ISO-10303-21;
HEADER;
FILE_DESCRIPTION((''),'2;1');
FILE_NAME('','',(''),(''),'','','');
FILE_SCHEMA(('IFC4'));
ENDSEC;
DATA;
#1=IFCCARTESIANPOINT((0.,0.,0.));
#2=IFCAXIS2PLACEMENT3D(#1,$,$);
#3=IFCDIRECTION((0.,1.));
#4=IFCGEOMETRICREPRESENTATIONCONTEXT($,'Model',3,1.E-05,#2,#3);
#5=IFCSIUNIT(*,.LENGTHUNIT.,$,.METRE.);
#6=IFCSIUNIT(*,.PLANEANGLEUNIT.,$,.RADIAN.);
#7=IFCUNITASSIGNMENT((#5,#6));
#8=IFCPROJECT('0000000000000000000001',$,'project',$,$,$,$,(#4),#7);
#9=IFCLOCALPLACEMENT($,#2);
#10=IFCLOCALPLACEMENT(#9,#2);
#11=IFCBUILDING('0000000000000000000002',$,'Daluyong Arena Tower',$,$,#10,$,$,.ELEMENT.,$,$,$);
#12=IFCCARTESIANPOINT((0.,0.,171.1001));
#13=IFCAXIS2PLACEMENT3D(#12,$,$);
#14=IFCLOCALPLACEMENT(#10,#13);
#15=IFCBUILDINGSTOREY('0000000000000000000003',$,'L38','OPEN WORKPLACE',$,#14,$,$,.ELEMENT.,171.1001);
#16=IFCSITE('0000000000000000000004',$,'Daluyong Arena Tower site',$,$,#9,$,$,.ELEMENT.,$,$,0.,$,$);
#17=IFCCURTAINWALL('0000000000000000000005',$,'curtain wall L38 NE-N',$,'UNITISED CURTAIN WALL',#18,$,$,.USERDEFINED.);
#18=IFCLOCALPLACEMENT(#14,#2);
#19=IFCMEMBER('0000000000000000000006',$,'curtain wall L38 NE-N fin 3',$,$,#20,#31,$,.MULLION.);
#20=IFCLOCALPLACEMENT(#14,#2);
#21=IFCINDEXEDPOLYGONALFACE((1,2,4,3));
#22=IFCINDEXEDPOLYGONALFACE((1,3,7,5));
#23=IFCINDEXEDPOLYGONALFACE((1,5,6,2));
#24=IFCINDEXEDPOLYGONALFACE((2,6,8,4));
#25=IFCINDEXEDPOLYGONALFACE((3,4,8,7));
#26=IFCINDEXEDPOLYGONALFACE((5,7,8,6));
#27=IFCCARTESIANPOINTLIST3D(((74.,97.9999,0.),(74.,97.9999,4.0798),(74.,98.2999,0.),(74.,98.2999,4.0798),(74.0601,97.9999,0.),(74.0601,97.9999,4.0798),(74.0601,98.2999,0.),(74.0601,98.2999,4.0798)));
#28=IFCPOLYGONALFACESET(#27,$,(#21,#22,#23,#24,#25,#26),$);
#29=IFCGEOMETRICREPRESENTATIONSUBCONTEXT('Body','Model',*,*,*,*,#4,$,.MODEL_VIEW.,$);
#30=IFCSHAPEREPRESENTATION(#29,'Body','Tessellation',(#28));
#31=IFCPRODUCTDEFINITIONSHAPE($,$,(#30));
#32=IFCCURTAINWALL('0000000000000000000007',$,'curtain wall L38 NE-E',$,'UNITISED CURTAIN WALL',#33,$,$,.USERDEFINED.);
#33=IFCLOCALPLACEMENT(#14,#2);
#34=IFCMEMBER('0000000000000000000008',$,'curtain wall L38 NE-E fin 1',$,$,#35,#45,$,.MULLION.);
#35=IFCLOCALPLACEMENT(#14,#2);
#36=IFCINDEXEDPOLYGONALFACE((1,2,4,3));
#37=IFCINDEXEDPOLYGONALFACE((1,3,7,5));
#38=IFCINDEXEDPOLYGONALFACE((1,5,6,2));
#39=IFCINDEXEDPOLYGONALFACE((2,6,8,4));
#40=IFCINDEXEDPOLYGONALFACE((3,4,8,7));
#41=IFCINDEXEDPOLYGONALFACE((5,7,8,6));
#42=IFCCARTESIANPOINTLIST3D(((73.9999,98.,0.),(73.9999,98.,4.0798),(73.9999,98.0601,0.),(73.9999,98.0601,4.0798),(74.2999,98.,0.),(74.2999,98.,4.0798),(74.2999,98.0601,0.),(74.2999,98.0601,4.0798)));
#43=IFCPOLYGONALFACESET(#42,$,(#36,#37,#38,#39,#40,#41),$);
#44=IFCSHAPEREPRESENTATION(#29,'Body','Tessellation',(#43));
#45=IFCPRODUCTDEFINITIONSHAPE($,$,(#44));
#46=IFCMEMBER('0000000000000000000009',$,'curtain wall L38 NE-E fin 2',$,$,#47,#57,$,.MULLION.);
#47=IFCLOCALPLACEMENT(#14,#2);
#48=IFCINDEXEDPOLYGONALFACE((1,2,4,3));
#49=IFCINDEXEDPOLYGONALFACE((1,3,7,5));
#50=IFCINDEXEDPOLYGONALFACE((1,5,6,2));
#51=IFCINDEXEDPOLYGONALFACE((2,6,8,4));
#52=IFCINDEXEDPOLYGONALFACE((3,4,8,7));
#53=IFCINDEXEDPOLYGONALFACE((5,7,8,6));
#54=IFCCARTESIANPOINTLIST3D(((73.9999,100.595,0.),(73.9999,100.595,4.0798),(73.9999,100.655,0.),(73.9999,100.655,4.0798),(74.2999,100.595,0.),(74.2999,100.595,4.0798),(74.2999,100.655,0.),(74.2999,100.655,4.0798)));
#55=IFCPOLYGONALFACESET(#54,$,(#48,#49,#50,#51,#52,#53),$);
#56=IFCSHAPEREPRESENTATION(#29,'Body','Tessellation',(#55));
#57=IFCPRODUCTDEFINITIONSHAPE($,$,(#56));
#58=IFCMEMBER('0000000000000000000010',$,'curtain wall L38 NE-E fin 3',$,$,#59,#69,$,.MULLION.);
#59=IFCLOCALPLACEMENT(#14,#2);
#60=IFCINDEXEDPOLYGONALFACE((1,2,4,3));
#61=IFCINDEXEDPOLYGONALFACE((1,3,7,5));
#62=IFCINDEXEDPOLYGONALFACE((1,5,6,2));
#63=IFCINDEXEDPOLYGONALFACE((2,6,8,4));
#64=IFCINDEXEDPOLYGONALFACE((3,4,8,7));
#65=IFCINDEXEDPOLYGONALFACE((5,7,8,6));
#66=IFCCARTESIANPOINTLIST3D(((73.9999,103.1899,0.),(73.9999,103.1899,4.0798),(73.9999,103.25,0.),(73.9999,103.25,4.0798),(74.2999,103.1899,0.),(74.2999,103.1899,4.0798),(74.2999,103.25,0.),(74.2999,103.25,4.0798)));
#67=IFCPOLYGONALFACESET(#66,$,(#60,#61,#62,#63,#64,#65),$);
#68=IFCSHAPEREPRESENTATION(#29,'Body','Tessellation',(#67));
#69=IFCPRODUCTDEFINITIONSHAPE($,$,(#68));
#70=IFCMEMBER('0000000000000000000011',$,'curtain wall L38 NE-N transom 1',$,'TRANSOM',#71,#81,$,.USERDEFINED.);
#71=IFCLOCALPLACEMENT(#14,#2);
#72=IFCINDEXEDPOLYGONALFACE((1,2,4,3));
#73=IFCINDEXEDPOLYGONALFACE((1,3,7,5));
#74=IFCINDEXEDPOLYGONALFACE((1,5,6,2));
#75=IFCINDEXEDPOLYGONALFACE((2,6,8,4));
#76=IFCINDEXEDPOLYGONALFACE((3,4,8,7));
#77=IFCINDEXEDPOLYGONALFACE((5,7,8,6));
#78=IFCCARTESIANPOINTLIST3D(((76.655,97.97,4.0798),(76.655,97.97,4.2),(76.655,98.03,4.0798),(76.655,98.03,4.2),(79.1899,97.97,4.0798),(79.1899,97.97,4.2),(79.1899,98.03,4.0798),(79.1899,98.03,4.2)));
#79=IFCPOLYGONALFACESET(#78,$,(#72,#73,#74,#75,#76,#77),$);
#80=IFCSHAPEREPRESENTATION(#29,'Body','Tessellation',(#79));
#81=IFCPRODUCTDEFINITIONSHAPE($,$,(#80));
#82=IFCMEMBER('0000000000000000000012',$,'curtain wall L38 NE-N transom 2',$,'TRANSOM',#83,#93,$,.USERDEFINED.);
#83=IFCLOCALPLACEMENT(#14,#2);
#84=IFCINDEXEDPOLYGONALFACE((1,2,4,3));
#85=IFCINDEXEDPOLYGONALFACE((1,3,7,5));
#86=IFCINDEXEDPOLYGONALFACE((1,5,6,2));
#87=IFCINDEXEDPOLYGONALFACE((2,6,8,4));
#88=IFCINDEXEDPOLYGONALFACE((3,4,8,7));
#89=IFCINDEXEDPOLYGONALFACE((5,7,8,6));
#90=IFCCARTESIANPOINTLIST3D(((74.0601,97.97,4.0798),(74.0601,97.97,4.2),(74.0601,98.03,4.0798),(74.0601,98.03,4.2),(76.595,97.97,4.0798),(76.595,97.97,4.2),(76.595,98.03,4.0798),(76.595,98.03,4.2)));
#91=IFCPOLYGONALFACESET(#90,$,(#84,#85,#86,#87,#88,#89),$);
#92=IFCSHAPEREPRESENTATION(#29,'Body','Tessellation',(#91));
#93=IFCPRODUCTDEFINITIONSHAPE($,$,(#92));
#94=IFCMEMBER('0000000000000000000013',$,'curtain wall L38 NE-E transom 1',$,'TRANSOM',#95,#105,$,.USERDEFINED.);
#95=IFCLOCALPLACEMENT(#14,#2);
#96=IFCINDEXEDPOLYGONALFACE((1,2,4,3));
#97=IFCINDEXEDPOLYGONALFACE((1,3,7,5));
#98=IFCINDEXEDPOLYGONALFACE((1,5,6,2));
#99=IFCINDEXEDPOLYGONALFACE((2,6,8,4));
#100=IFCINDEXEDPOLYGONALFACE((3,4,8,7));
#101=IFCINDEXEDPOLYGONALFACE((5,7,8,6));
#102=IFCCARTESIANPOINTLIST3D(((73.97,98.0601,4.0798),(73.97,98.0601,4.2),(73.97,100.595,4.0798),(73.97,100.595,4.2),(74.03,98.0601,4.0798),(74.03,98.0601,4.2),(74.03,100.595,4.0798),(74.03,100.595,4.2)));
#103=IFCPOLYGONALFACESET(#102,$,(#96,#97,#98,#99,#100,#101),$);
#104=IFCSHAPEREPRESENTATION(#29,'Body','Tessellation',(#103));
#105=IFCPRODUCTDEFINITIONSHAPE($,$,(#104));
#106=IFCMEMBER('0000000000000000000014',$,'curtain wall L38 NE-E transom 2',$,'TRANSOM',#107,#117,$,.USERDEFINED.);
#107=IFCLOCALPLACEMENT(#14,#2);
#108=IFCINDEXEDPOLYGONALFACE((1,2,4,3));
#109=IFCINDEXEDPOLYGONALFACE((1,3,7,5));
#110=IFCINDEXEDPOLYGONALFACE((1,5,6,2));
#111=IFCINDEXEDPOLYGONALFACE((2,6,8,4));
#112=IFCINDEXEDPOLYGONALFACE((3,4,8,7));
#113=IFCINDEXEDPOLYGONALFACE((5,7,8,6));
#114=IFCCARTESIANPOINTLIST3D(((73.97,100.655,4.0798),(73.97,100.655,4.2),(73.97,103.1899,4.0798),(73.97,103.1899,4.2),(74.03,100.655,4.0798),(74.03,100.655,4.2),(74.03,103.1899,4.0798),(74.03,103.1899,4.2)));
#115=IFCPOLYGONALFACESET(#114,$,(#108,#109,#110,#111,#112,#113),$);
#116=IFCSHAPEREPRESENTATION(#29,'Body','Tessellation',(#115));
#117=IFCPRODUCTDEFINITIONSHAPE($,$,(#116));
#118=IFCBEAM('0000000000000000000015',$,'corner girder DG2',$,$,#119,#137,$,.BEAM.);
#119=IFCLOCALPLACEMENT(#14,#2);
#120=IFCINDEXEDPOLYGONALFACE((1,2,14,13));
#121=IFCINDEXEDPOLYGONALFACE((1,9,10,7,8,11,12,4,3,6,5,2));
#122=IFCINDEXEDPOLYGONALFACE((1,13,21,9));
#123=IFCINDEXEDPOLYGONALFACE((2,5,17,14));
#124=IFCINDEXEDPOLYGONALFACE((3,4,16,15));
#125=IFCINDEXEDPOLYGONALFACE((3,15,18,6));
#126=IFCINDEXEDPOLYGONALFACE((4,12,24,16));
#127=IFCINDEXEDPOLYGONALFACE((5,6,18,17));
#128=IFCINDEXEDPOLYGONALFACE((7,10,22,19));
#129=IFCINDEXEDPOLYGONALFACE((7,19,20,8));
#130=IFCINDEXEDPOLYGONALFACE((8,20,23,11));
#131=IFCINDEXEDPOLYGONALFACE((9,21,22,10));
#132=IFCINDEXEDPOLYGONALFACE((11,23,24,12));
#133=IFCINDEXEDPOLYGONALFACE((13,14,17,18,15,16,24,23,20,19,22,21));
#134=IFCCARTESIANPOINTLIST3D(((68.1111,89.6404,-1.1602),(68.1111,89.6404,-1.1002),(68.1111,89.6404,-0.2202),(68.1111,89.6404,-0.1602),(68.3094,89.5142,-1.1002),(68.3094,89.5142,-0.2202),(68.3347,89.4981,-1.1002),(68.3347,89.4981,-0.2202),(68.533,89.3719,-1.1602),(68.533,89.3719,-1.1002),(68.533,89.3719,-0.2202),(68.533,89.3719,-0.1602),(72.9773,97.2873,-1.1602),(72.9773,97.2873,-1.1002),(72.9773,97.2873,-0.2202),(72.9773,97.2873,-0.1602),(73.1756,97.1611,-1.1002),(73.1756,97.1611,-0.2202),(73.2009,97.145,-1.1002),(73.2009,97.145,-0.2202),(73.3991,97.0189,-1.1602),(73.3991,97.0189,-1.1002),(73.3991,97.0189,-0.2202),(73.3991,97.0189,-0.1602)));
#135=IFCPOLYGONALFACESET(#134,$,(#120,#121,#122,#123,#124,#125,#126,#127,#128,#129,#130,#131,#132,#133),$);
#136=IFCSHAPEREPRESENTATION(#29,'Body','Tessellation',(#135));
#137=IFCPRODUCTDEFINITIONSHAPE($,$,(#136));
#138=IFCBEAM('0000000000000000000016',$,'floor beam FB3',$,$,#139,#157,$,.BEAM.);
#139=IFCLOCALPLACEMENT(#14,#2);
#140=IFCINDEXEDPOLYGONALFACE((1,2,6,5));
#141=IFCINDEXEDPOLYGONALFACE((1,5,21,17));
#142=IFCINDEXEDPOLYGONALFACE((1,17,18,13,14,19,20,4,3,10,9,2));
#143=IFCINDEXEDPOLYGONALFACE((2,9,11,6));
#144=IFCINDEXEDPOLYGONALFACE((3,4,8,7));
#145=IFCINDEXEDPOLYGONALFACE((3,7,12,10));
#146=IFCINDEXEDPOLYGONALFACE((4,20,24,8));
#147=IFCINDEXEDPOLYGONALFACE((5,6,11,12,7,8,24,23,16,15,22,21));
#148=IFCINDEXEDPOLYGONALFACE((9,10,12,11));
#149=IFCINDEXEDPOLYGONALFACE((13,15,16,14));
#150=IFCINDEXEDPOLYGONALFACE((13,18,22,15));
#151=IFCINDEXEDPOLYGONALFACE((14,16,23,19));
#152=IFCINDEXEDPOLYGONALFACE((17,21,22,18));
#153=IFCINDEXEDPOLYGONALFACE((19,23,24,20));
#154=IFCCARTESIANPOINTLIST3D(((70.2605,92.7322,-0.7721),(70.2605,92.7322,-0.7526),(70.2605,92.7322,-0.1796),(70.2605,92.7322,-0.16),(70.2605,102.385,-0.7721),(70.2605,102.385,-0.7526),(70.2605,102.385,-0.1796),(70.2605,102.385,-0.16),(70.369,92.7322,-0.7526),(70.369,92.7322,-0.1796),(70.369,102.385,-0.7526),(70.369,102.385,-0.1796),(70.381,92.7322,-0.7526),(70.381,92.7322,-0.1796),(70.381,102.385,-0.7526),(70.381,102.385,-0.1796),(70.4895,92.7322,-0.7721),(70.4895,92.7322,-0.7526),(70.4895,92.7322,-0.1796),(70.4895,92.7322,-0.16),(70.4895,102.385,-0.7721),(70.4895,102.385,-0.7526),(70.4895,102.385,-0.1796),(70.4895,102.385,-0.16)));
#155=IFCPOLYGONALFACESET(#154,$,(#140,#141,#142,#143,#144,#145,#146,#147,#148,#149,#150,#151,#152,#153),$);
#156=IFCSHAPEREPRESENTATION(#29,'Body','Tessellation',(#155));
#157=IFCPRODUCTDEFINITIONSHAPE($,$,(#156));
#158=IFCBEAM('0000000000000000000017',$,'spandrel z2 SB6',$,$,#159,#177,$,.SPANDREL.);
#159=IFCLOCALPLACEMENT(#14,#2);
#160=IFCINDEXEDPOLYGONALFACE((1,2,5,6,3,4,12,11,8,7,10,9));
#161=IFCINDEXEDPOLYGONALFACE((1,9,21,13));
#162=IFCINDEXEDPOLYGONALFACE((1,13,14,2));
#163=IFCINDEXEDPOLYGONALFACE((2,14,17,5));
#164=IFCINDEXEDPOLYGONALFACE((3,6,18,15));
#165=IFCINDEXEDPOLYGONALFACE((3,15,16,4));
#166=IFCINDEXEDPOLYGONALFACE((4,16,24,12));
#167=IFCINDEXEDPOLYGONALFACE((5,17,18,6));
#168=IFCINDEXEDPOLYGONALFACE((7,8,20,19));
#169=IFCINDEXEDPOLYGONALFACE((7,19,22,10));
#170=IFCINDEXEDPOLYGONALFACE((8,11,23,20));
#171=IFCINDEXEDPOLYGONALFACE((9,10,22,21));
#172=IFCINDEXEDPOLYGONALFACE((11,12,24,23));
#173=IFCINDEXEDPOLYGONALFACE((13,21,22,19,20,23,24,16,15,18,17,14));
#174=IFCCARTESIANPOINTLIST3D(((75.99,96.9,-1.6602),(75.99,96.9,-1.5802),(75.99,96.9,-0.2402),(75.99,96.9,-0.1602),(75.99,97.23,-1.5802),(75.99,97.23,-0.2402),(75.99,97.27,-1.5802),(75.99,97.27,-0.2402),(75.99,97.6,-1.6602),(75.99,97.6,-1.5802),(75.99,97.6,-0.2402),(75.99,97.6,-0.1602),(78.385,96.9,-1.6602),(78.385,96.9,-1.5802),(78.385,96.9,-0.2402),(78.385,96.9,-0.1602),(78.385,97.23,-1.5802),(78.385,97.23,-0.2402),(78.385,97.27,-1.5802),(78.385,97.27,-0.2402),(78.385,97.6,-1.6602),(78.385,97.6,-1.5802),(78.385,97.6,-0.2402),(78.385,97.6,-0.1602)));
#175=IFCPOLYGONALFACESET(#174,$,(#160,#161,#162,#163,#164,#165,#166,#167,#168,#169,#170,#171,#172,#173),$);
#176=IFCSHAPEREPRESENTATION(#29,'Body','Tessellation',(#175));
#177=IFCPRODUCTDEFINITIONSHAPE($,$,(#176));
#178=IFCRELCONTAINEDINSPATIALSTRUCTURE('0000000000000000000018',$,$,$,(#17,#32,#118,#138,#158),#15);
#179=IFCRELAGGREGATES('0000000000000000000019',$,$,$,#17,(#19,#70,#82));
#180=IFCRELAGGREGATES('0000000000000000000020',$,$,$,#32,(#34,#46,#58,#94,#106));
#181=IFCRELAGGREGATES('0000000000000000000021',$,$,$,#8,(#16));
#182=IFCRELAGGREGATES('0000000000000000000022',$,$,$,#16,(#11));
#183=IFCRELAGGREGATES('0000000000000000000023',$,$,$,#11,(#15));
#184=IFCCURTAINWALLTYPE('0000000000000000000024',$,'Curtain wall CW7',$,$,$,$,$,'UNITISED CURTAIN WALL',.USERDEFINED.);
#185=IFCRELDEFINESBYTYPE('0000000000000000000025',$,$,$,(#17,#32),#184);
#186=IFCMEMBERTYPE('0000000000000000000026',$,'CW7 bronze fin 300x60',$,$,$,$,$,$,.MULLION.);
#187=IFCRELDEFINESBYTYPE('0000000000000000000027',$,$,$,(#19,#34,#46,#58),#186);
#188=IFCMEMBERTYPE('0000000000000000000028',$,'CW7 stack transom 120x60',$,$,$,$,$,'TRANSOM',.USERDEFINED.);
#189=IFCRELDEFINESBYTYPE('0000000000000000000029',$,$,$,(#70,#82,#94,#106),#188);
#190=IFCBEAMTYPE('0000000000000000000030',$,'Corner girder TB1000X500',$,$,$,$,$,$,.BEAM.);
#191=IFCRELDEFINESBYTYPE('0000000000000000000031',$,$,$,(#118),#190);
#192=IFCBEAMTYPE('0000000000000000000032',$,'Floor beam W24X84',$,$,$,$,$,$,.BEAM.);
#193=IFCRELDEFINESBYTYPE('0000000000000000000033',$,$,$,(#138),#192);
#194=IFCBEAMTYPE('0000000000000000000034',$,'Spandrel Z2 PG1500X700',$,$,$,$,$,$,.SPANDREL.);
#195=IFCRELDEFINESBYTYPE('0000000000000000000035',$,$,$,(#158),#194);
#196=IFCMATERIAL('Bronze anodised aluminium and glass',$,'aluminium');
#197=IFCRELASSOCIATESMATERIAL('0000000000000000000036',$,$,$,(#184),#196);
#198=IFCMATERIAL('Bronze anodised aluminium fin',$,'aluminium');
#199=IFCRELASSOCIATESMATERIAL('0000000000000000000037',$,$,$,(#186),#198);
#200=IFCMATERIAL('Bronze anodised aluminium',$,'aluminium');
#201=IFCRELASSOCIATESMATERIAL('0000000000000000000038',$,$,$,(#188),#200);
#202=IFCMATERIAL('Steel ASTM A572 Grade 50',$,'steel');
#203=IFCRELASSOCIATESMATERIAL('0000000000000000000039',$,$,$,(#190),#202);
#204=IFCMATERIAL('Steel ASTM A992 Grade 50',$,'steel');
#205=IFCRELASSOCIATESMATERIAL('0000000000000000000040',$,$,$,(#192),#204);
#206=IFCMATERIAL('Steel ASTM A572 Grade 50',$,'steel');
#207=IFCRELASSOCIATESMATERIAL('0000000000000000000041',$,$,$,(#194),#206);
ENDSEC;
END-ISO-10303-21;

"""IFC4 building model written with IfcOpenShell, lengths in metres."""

from ifc_helpers import new_model, si_unit, direction, frame, origin, origin_2d, place, context, subcontext, project, spatial, rectangle, i_section, extrude, material, material_profile, profile_set, type_object, element, aggregate, save


model = new_model("IFC4")

# Units and contexts
model_context = context("Model", 3, precision=1e-05, world=origin(), true_north=direction((0.0, 1.0)))
body_context = subcontext(model_context, "Body", "Model", "MODEL_VIEW")
ifc_project = project(units=[si_unit("LENGTHUNIT", "METRE"), si_unit("PLANEANGLEUNIT", "RADIAN")], contexts=[model_context])

# Site, building, storey
site_placement = place(None, origin())
site = spatial("IfcSite", under=ifc_project, at=site_placement, Name="Daluyong Arena Tower site", CompositionType="ELEMENT", RefElevation=0.0)
building_placement = place(site_placement, origin())
building = spatial("IfcBuilding", under=site, at=building_placement, Name="Daluyong Arena Tower", CompositionType="ELEMENT")
storey_placement = place(building_placement, frame((0.0, 0.0, 171.1001)))
storey = spatial("IfcBuildingStorey", under=building, at=storey_placement, Name="L38", Description="OPEN WORKPLACE", CompositionType="ELEMENT", Elevation=171.1001)

# Curtain walls, members
ifc_material_1 = material(Name="Bronze anodised aluminium and glass", Category="aluminium")
curtain_wall_type_1 = type_object("IfcCurtainWallType", Name="Curtain wall CW7", ElementType="UNITISED CURTAIN WALL", PredefinedType="USERDEFINED", material=ifc_material_1)
curtain_wall_1_placement = place(storey_placement, origin())
curtain_wall_1 = element("IfcCurtainWall", 1, at=curtain_wall_1_placement, inside=storey, type_object=curtain_wall_type_1, Name="curtain wall L38 NE-N", ObjectType="UNITISED CURTAIN WALL", PredefinedType="USERDEFINED")
ifc_material_2 = material(Name="Bronze anodised aluminium fin", Category="aluminium")
ifc_material_profile_1 = material_profile(ifc_material_2, rectangle(XDim=0.3, YDim=0.0601, at=origin_2d()))
ifc_profile_set_1 = profile_set([ifc_material_profile_1], Name="Bronze anodised aluminium fin")
member_type_1 = type_object("IfcMemberType", Name="CW7 bronze fin 300x60", PredefinedType="MULLION", material=ifc_profile_set_1)
member_1_placement = place(storey_placement, frame((74.03, 98.1499, 0.0), z_axis=(0.0, 0.0, 1.0), x_axis=(0.0, -1.0, 0.0)))
member_1 = element("IfcMember", 2, at=member_1_placement, type_object=member_type_1, Name="curtain wall L38 NE-N fin 3", PredefinedType="MULLION", context=body_context, shape_type="SweptSolid", body=[
    extrude(rectangle(XDim=0.3, YDim=0.0601, at=origin_2d()), origin(), (0.0, 0.0, 1.0), 4.0798),
])
curtain_wall_2_placement = place(storey_placement, origin())
curtain_wall_2 = element("IfcCurtainWall", 3, at=curtain_wall_2_placement, inside=storey, type_object=curtain_wall_type_1, Name="curtain wall L38 NE-E", ObjectType="UNITISED CURTAIN WALL", PredefinedType="USERDEFINED")
member_2_placement = place(storey_placement, frame((74.1499, 98.03, 0.0), z_axis=(0.0, 0.0, 1.0), x_axis=(-1.0, 0.0, 0.0)))
member_2 = element("IfcMember", 4, at=member_2_placement, type_object=member_type_1, Name="curtain wall L38 NE-E fin 1", PredefinedType="MULLION", context=body_context, shape_type="SweptSolid", body=[
    extrude(rectangle(XDim=0.3, YDim=0.0601, at=origin_2d()), origin(), (0.0, 0.0, 1.0), 4.0798),
])
member_3_placement = place(storey_placement, frame((74.1499, 100.625, 0.0), z_axis=(0.0, 0.0, 1.0), x_axis=(-1.0, 0.0, 0.0)))
member_3 = element("IfcMember", 5, at=member_3_placement, type_object=member_type_1, Name="curtain wall L38 NE-E fin 2", PredefinedType="MULLION", context=body_context, shape_type="SweptSolid", body=[
    extrude(rectangle(XDim=0.3, YDim=0.0601, at=origin_2d()), origin(), (0.0, 0.0, 1.0), 4.0798),
])
member_4_placement = place(storey_placement, frame((74.1499, 103.22, 0.0), z_axis=(0.0, 0.0, 1.0), x_axis=(-1.0, 0.0, 0.0)))
member_4 = element("IfcMember", 6, at=member_4_placement, type_object=member_type_1, Name="curtain wall L38 NE-E fin 3", PredefinedType="MULLION", context=body_context, shape_type="SweptSolid", body=[
    extrude(rectangle(XDim=0.3, YDim=0.0601, at=origin_2d()), origin(), (0.0, 0.0, 1.0), 4.0798),
])

# Members
ifc_material_3 = material(Name="Bronze anodised aluminium", Category="aluminium")
ifc_material_profile_2 = material_profile(ifc_material_3, rectangle(XDim=0.0601, YDim=0.1201, at=origin_2d()))
ifc_profile_set_2 = profile_set([ifc_material_profile_2], Name="Bronze anodised aluminium")
member_type_2 = type_object("IfcMemberType", Name="CW7 stack transom 120x60", ElementType="TRANSOM", PredefinedType="USERDEFINED", material=ifc_profile_set_2)
member_5_placement = place(storey_placement, frame((79.1899, 98.0, 4.1399), z_axis=(-1.0, 0.0, 0.0), x_axis=(0.0, -1.0, 0.0)))
member_5 = element("IfcMember", 7, at=member_5_placement, type_object=member_type_2, Name="curtain wall L38 NE-N transom 1", ObjectType="TRANSOM", PredefinedType="USERDEFINED", context=body_context, shape_type="SweptSolid", body=[
    extrude(rectangle(XDim=0.0601, YDim=0.1201, at=origin_2d()), origin(), (0.0, 0.0, 1.0), 2.5349),
])
member_6_placement = place(storey_placement, frame((76.595, 98.0, 4.1399), z_axis=(-1.0, 0.0, 0.0), x_axis=(0.0, -1.0, 0.0)))
member_6 = element("IfcMember", 8, at=member_6_placement, type_object=member_type_2, Name="curtain wall L38 NE-N transom 2", ObjectType="TRANSOM", PredefinedType="USERDEFINED", context=body_context, shape_type="SweptSolid", body=[
    extrude(rectangle(XDim=0.0601, YDim=0.1201, at=origin_2d()), origin(), (0.0, 0.0, 1.0), 2.5349),
])
member_7_placement = place(storey_placement, frame((74.0, 98.0601, 4.1399), z_axis=(0.0, 1.0, 0.0), x_axis=(-1.0, 0.0, 0.0)))
member_7 = element("IfcMember", 9, at=member_7_placement, type_object=member_type_2, Name="curtain wall L38 NE-E transom 1", ObjectType="TRANSOM", PredefinedType="USERDEFINED", context=body_context, shape_type="SweptSolid", body=[
    extrude(rectangle(XDim=0.0601, YDim=0.1201, at=origin_2d()), origin(), (0.0, 0.0, 1.0), 2.5349),
])
member_8_placement = place(storey_placement, frame((74.0, 100.655, 4.1399), z_axis=(0.0, 1.0, 0.0), x_axis=(-1.0, 0.0, 0.0)))
member_8 = element("IfcMember", 10, at=member_8_placement, type_object=member_type_2, Name="curtain wall L38 NE-E transom 2", ObjectType="TRANSOM", PredefinedType="USERDEFINED", context=body_context, shape_type="SweptSolid", body=[
    extrude(rectangle(XDim=0.0601, YDim=0.1201, at=origin_2d()), origin(), (0.0, 0.0, 1.0), 2.5349),
])

# Beams
ifc_material_4 = material(Name="Steel ASTM A572 Grade 50", Category="steel")
ifc_material_profile_3 = material_profile(ifc_material_4, i_section(OverallWidth=0.5, OverallDepth=1.0, WebThickness=0.03, FlangeThickness=0.06, at=origin_2d()))
ifc_profile_set_3 = profile_set([ifc_material_profile_3], Name="Steel ASTM A572 Grade 50")
beam_type_1 = type_object("IfcBeamType", Name="Corner girder TB1000X500", PredefinedType="BEAM", material=ifc_profile_set_3)
beam_1_placement = place(storey_placement, frame((73.1882, 97.1531, -0.6602), z_axis=(-0.536872, -0.843664, 0.0), x_axis=(0.843664, -0.536872, 0.0)))
element("IfcBeam", 11, at=beam_1_placement, inside=storey, type_object=beam_type_1, Name="corner girder DG2", PredefinedType="BEAM", context=body_context, shape_type="SweptSolid", body=[
    extrude(i_section(OverallWidth=0.5, OverallDepth=1.0, WebThickness=0.03, FlangeThickness=0.06, at=origin_2d()), origin(), (0.0, 0.0, 1.0), 9.064),
])
ifc_material_5 = material(Name="Steel ASTM A992 Grade 50", Category="steel")
ifc_material_profile_4 = material_profile(ifc_material_5, i_section(OverallWidth=0.229, OverallDepth=0.6121, WebThickness=0.012, FlangeThickness=0.0195, at=origin_2d()))
ifc_profile_set_4 = profile_set([ifc_material_profile_4], Name="Steel ASTM A992 Grade 50")
beam_type_2 = type_object("IfcBeamType", Name="Floor beam W24X84", PredefinedType="BEAM", material=ifc_profile_set_4)
beam_2_placement = place(storey_placement, frame((70.375, 102.385, -0.4661), z_axis=(0.0, -1.0, 0.0), x_axis=(1.0, 0.0, 0.0)))
element("IfcBeam", 12, at=beam_2_placement, inside=storey, type_object=beam_type_2, Name="floor beam FB3", PredefinedType="BEAM", context=body_context, shape_type="SweptSolid", body=[
    extrude(i_section(OverallWidth=0.229, OverallDepth=0.6121, WebThickness=0.012, FlangeThickness=0.0195, at=origin_2d()), origin(), (0.0, 0.0, 1.0), 9.6528),
])
ifc_material_6 = material(Name="Steel ASTM A572 Grade 50", Category="steel")
ifc_material_profile_5 = material_profile(ifc_material_6, i_section(OverallWidth=0.7, OverallDepth=1.5, WebThickness=0.04, FlangeThickness=0.08, at=origin_2d()))
ifc_profile_set_5 = profile_set([ifc_material_profile_5], Name="Steel ASTM A572 Grade 50")
beam_type_3 = type_object("IfcBeamType", Name="Spandrel Z2 PG1500X700", PredefinedType="SPANDREL", material=ifc_profile_set_5)
for number, where, z_axis, x_axis, name in (
    (13, (78.385, 97.25, -0.9102), (-1.0, 0.0, 0.0), (0.0, -1.0, 0.0), "spandrel z2 SB6"),
):
    element("IfcBeam", number, at=place(storey_placement, frame(where, z_axis=z_axis, x_axis=x_axis)), inside=storey, type_object=beam_type_3, Name=name, PredefinedType="SPANDREL", context=body_context, shape_type="SweptSolid", body=[
        extrude(i_section(OverallWidth=0.7, OverallDepth=1.5, WebThickness=0.04, FlangeThickness=0.08, at=origin_2d()), origin(), (0.0, 0.0, 1.0), 2.395),
    ])

aggregate(curtain_wall_1, [member_1, member_5, member_6])
aggregate(curtain_wall_2, [member_2, member_3, member_4, member_7, member_8])

save(model, "model.ifc")
